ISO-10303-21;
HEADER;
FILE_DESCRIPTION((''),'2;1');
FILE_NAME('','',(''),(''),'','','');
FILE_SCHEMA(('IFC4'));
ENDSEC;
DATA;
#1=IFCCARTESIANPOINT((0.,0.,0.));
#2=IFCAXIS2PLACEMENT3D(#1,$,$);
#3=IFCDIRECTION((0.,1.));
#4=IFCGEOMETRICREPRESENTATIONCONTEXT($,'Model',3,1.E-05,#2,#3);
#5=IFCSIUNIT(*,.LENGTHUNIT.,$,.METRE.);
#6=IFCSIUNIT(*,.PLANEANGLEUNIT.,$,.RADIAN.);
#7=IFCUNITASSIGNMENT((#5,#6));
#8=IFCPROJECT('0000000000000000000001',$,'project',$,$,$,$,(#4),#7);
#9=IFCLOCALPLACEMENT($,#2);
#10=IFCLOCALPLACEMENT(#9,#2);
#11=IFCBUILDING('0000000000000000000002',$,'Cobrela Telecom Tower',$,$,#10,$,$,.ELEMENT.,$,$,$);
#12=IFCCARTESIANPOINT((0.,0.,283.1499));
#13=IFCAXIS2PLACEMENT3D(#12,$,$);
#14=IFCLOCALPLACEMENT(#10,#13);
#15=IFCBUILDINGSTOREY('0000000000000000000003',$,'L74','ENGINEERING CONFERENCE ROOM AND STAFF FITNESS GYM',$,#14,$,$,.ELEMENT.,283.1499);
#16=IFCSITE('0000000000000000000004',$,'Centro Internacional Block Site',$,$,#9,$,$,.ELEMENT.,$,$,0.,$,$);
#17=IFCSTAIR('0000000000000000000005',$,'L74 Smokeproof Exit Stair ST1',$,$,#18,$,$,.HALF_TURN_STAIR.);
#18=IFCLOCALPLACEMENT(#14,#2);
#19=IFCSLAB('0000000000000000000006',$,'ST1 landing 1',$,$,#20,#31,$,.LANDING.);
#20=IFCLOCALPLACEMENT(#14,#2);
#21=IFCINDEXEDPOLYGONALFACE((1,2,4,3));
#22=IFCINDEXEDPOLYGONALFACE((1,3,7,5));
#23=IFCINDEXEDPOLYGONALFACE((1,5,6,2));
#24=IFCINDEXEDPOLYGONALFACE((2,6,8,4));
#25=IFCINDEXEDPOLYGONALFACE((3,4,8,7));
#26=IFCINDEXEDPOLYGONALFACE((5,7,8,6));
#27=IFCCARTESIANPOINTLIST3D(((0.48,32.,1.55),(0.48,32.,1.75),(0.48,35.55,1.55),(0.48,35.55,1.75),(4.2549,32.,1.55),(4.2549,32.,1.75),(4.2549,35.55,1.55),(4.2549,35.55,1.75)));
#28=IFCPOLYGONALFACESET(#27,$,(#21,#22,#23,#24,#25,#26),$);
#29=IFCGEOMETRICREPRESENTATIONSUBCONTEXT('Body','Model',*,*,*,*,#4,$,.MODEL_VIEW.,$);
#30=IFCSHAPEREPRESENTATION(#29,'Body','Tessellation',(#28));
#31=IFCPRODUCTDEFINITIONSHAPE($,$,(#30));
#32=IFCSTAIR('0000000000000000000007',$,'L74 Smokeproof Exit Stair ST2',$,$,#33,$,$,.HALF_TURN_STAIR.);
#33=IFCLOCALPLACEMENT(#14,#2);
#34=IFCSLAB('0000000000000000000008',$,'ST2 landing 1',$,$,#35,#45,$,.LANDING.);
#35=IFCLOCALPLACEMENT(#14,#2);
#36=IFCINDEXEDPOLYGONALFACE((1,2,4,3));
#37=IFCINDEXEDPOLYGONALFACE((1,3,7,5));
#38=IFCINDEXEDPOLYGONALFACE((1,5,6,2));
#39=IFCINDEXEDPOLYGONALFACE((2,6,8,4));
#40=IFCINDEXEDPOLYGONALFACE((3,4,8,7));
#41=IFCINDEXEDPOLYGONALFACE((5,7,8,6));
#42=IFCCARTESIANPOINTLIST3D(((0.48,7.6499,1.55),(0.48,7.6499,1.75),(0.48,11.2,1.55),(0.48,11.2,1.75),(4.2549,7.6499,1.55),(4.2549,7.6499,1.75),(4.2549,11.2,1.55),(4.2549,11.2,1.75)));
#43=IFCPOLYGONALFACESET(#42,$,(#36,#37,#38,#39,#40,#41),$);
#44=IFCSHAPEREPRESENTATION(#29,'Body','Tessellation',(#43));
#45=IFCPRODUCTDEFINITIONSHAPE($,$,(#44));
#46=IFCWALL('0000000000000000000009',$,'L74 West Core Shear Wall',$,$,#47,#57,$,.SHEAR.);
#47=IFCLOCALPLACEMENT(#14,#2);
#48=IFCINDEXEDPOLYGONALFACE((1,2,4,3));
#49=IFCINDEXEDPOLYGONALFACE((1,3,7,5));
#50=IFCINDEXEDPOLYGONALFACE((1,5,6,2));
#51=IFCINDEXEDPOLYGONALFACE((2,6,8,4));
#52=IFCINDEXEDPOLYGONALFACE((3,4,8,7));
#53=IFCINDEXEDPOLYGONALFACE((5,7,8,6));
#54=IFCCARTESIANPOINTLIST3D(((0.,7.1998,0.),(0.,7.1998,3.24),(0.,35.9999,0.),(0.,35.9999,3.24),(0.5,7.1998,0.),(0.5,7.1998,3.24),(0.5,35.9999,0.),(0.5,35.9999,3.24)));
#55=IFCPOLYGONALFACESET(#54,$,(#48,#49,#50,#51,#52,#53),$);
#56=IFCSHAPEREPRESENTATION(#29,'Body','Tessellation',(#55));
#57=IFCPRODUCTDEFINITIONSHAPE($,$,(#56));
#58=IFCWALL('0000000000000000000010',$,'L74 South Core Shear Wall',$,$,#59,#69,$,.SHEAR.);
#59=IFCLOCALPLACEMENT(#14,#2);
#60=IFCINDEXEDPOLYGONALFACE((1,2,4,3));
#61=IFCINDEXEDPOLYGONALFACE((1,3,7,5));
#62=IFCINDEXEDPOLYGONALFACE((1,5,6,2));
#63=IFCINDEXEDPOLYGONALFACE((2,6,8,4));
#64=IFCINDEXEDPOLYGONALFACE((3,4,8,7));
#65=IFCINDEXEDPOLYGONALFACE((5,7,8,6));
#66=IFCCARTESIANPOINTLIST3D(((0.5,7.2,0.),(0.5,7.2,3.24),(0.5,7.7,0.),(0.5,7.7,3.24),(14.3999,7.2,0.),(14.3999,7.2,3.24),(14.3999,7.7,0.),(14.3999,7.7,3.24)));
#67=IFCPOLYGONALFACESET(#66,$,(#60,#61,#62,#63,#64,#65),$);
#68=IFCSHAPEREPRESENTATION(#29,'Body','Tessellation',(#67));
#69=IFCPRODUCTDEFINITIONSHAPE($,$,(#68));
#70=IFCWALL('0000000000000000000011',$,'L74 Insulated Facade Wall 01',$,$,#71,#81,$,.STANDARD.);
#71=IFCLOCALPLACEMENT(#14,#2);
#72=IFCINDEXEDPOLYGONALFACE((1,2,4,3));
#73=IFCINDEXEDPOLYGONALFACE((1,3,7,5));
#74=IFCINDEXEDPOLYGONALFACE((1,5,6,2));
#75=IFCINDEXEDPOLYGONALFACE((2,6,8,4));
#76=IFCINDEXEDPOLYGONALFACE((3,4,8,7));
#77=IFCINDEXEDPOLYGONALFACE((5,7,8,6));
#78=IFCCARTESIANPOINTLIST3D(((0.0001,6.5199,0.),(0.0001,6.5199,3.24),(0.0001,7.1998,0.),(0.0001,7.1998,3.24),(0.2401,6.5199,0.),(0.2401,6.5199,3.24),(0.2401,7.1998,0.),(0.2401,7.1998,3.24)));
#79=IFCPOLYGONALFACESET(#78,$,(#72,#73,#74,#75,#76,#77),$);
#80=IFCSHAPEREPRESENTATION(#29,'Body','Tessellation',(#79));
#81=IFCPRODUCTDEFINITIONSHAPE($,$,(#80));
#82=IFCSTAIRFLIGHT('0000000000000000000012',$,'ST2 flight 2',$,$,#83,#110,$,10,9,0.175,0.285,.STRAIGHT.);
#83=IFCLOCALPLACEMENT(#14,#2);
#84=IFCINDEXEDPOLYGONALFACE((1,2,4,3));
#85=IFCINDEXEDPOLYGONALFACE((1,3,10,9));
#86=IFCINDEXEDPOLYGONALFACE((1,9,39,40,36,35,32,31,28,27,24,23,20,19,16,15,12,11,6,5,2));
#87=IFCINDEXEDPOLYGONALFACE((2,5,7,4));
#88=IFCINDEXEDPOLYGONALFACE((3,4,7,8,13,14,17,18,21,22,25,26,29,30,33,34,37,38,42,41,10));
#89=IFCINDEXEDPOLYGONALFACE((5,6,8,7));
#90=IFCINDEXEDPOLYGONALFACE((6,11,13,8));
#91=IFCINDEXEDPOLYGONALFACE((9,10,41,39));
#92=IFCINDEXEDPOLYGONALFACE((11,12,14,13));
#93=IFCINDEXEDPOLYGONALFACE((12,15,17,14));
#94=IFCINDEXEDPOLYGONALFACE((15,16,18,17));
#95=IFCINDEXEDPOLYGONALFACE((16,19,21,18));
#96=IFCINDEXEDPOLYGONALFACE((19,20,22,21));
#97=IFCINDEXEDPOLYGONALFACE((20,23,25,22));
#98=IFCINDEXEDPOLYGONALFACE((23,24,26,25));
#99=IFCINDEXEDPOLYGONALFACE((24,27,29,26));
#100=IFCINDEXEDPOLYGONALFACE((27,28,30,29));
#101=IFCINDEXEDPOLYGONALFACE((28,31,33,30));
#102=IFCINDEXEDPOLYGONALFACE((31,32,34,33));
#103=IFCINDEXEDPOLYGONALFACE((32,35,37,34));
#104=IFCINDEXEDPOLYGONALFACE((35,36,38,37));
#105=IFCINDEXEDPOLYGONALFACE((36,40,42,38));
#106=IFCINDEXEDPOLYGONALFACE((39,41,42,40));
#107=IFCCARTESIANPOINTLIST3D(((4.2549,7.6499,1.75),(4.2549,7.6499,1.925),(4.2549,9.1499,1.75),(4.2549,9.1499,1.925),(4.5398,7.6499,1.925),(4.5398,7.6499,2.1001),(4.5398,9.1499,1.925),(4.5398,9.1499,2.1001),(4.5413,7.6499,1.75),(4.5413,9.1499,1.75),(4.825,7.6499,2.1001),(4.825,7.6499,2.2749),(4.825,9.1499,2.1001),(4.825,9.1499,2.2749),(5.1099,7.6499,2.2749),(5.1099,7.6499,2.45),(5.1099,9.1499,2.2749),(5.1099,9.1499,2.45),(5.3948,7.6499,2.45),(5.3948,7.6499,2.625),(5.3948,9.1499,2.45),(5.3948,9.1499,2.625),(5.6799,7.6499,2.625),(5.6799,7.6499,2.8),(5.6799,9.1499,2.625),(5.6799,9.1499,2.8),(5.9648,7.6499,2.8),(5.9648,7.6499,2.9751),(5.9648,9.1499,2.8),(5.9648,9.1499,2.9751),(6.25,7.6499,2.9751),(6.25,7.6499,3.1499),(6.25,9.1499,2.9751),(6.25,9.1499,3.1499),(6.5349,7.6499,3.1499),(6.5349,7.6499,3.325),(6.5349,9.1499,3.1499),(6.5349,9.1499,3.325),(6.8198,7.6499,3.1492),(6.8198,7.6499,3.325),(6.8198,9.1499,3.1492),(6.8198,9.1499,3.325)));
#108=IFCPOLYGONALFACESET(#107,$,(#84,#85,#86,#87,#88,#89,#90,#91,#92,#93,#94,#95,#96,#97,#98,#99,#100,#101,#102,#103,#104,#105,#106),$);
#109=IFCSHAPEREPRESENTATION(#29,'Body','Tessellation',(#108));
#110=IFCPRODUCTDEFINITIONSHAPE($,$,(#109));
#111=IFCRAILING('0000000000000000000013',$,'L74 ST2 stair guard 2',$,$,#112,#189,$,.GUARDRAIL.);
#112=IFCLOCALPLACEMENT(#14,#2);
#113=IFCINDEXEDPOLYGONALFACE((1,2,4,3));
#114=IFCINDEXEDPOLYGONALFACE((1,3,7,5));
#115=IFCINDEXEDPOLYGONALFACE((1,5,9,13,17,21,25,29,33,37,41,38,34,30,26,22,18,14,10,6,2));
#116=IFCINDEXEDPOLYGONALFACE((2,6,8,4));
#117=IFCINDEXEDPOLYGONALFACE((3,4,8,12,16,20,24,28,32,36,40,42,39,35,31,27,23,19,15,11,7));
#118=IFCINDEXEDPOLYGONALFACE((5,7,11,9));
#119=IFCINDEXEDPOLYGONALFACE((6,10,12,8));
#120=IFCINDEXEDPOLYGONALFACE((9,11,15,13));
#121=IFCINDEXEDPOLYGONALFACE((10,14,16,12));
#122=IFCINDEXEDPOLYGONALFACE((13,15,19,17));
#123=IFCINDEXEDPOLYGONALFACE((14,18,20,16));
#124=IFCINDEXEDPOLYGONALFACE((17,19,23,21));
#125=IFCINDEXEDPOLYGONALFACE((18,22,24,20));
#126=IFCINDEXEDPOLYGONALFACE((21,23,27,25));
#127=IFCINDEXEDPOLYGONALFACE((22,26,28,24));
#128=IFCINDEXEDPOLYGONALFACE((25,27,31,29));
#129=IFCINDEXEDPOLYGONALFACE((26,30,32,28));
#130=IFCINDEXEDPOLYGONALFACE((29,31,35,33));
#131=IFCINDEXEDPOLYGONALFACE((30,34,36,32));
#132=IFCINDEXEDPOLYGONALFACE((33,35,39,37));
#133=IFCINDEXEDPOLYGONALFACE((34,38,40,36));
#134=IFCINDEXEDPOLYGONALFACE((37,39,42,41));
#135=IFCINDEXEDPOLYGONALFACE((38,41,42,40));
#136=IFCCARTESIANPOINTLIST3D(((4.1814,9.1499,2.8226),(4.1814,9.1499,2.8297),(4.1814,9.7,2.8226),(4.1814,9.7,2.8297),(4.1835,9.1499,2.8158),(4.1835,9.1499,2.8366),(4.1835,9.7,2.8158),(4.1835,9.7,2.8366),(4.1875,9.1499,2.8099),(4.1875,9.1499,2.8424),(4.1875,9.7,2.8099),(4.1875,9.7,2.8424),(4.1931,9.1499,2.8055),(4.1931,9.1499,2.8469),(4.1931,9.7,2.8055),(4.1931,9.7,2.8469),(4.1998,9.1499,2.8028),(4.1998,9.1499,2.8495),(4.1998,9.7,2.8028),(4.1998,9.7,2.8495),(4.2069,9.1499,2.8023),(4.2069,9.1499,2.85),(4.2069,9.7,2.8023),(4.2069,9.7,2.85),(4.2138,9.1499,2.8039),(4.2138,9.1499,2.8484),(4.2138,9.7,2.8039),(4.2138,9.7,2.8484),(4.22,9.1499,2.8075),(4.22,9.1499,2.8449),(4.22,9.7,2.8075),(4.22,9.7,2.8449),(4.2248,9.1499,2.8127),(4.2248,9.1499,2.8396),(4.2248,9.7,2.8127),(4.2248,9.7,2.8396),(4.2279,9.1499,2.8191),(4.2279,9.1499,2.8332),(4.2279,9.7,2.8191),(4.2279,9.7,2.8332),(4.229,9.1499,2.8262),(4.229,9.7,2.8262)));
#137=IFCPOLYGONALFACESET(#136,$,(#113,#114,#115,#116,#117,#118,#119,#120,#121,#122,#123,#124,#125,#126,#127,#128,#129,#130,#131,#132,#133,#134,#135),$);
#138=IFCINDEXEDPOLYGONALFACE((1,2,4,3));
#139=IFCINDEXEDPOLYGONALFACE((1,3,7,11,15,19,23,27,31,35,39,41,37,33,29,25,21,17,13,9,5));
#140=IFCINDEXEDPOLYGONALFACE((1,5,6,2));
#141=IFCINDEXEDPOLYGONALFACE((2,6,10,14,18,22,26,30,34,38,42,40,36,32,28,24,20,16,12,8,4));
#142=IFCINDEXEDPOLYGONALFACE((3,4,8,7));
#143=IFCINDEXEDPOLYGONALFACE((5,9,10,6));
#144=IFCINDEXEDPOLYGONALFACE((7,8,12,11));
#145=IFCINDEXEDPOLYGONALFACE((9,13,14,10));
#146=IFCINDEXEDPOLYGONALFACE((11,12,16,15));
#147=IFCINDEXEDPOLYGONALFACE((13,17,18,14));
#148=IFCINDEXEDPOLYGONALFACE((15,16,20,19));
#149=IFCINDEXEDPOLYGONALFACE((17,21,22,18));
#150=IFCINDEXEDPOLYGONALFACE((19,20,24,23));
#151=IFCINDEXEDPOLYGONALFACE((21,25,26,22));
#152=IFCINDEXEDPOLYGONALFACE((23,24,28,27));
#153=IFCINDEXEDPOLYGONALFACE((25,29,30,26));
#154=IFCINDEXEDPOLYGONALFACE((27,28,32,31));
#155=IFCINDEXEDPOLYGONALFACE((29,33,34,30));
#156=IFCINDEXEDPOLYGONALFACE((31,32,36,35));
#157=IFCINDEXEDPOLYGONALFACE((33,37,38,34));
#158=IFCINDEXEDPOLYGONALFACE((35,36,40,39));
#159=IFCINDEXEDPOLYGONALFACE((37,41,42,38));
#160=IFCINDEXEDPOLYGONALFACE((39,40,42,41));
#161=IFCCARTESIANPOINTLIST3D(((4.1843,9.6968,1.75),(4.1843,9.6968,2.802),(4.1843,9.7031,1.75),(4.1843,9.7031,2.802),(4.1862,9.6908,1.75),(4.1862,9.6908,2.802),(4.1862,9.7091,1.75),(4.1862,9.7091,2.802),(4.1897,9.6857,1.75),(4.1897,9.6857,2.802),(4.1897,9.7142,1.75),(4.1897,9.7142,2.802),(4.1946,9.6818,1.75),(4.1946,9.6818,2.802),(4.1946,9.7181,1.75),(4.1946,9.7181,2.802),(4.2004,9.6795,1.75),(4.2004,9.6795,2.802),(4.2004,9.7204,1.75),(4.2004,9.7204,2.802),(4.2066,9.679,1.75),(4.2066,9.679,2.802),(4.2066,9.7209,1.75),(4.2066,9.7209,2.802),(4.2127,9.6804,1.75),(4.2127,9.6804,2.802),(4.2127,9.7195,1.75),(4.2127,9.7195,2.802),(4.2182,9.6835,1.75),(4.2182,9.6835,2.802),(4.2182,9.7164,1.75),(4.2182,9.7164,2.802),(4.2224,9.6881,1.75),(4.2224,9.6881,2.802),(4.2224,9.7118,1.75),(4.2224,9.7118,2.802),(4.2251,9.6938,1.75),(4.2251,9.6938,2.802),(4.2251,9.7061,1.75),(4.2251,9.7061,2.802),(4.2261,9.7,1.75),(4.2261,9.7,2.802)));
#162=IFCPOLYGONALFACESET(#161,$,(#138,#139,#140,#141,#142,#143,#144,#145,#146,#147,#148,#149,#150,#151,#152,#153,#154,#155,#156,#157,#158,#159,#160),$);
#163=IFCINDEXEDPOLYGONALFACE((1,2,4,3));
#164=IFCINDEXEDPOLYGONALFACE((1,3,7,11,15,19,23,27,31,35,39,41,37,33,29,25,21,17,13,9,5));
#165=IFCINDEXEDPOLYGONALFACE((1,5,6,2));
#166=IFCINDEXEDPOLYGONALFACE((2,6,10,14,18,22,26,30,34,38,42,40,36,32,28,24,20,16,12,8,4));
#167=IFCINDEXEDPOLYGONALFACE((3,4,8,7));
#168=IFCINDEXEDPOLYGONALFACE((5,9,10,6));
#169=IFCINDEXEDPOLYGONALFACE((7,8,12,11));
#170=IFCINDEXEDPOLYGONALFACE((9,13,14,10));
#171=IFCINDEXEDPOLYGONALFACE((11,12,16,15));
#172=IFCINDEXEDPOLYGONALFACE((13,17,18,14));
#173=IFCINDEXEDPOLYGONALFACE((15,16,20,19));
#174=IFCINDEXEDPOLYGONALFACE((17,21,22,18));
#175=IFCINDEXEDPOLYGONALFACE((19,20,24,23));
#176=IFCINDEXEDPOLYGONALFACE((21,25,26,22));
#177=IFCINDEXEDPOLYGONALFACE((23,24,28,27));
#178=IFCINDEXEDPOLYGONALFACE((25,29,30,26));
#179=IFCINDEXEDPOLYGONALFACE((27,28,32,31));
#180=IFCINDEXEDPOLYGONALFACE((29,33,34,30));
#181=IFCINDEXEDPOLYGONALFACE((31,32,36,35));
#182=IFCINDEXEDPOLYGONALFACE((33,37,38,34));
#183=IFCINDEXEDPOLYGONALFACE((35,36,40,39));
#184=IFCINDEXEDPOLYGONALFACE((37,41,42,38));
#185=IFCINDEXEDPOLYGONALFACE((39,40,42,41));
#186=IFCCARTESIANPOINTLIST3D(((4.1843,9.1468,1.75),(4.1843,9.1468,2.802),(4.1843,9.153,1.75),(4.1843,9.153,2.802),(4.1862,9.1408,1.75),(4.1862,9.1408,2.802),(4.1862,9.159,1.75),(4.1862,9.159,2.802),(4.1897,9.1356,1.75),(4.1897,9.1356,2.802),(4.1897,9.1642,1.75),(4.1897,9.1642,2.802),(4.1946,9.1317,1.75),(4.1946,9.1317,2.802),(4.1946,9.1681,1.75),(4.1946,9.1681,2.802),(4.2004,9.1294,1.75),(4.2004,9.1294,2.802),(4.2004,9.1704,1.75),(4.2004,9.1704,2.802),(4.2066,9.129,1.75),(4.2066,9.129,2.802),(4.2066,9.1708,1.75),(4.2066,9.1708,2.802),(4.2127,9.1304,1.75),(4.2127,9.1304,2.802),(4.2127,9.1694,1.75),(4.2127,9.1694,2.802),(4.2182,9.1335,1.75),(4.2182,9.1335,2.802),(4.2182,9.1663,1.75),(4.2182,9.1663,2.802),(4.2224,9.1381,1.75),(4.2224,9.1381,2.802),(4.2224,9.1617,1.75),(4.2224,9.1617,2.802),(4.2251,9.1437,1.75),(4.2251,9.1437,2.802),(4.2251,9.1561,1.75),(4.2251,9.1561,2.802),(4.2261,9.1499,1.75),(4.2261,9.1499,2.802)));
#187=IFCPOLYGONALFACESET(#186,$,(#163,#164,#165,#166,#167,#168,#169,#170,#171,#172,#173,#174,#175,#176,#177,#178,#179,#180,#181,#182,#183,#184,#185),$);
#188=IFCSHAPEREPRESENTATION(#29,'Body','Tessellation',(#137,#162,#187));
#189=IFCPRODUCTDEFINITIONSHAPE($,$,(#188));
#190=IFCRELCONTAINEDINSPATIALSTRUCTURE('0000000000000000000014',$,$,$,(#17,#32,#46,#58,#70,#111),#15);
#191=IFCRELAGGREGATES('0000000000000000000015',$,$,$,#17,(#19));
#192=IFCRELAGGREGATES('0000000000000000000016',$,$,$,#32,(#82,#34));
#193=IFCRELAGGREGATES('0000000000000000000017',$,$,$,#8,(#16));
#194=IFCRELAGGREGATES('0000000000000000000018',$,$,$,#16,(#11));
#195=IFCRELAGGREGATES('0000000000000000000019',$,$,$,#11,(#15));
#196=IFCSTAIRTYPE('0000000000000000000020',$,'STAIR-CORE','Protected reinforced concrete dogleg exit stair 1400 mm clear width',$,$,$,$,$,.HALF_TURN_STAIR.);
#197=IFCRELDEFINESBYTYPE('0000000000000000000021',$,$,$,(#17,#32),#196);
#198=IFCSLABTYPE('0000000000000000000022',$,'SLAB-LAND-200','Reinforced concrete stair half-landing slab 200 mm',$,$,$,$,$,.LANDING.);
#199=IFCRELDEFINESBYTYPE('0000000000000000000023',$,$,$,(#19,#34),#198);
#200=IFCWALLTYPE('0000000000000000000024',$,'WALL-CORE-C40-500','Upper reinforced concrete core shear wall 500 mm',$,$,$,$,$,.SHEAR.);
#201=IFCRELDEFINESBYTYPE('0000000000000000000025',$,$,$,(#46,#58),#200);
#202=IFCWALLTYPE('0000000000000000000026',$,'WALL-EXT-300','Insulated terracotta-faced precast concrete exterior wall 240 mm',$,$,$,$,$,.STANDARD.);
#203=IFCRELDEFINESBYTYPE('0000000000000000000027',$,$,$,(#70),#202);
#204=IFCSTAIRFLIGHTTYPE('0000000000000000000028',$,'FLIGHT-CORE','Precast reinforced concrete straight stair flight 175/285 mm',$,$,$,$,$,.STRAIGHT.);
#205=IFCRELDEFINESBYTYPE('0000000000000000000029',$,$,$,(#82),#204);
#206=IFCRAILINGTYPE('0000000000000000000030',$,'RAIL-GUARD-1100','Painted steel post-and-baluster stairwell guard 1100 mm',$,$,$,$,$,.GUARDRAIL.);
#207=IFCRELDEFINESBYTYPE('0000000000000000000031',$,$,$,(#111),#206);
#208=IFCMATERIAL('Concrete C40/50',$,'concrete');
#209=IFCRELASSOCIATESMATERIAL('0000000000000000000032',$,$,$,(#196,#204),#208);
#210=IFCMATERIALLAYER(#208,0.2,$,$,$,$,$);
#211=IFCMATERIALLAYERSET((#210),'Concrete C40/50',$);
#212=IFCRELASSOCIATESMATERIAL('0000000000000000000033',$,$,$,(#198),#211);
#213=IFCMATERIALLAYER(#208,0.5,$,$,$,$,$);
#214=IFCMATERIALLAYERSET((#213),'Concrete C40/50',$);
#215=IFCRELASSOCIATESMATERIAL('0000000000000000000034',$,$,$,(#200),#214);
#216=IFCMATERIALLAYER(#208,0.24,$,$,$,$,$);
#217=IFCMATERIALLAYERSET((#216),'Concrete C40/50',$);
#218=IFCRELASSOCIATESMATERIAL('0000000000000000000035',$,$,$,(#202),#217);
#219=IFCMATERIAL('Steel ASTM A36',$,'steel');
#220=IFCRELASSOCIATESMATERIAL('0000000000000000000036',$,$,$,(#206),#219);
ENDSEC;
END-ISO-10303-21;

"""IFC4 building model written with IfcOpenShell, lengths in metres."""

from ifc_helpers import new_model, si_unit, direction, frame, frame_2d, origin, origin_2d, place, context, subcontext, project, spatial, polyline, rectangle, circle, outline, extrude, material, layer, layer_set, type_object, element, aggregate, save


model = new_model("IFC4")

# Units and contexts
model_context = context("Model", 3, precision=1e-05, world=origin(), true_north=direction((0.0, 1.0)))
body_context = subcontext(model_context, "Body", "Model", "MODEL_VIEW")
ifc_project = project(units=[si_unit("LENGTHUNIT", "METRE"), si_unit("PLANEANGLEUNIT", "RADIAN")], contexts=[model_context])

# Site, building, storey
site_placement = place(None, origin())
site = spatial("IfcSite", under=ifc_project, at=site_placement, Name="Centro Internacional Block Site", CompositionType="ELEMENT", RefElevation=0.0)
building_placement = place(site_placement, origin())
building = spatial("IfcBuilding", under=site, at=building_placement, Name="Cobrela Telecom Tower", CompositionType="ELEMENT")
storey_placement = place(building_placement, frame((0.0, 0.0, 283.1499)))
storey = spatial("IfcBuildingStorey", under=building, at=storey_placement, Name="L74", Description="ENGINEERING CONFERENCE ROOM AND STAFF FITNESS GYM", CompositionType="ELEMENT", Elevation=283.1499)

# Shared definitions
ifc_material_1 = material(Name="Concrete C40/50", Category="concrete")

# Stairs, slabs
stair_type = type_object("IfcStairType", Name="STAIR-CORE", Description="Protected reinforced concrete dogleg exit stair 1400 mm clear width", PredefinedType="HALF_TURN_STAIR", material=ifc_material_1)
stair_1_placement = place(storey_placement, origin())
stair_1 = element("IfcStair", 1, at=stair_1_placement, inside=storey, type_object=stair_type, Name="L74 Smokeproof Exit Stair ST1", PredefinedType="HALF_TURN_STAIR")
ifc_layer_1 = layer(ifc_material_1, 0.2)
ifc_layer_set_1 = layer_set([ifc_layer_1], Name="Concrete C40/50")
slab_type_1 = type_object("IfcSlabType", Name="SLAB-LAND-200", Description="Reinforced concrete stair half-landing slab 200 mm", PredefinedType="LANDING", material=ifc_layer_set_1)
slab_1_placement = place(storey_placement, frame((0.0, 0.0, 1.55)))
slab_1 = element("IfcSlab", 2, at=slab_1_placement, type_object=slab_type_1, Name="ST1 landing 1", PredefinedType="LANDING", context=body_context, shape_type="SweptSolid", body=[
    extrude(outline(polyline([(4.2549, 35.55), (0.48, 35.55), (0.48, 32.0), (4.2549, 32.0), (4.2549, 35.55)])), origin(), (0.0, 0.0, 1.0), 0.2),
])
aggregate(stair_1, [slab_1])
stair_2_placement = place(storey_placement, origin())
stair_2 = element("IfcStair", 3, at=stair_2_placement, inside=storey, type_object=stair_type, Name="L74 Smokeproof Exit Stair ST2", PredefinedType="HALF_TURN_STAIR")
slab_2_placement = place(storey_placement, frame((0.0, 0.0, 1.55)))
slab_2 = element("IfcSlab", 4, at=slab_2_placement, type_object=slab_type_1, Name="ST2 landing 1", PredefinedType="LANDING", context=body_context, shape_type="SweptSolid", body=[
    extrude(outline(polyline([(4.2549, 11.2), (0.48, 11.2), (0.48, 7.6499), (4.2549, 7.6499), (4.2549, 11.2)])), origin(), (0.0, 0.0, 1.0), 0.2),
])

# Walls
ifc_layer_2 = layer(ifc_material_1, 0.5)
ifc_layer_set_2 = layer_set([ifc_layer_2], Name="Concrete C40/50")
wall_type_1 = type_object("IfcWallType", Name="WALL-CORE-C40-500", Description="Upper reinforced concrete core shear wall 500 mm", PredefinedType="SHEAR", material=ifc_layer_set_2)
wall_1_placement = place(storey_placement, frame((0.25, 7.2, 0.0), z_axis=(0.0, 0.0, 1.0), x_axis=(0.0, 1.0, 0.0)))
element("IfcWall", 5, at=wall_1_placement, inside=storey, type_object=wall_type_1, Name="L74 West Core Shear Wall", PredefinedType="SHEAR", context=body_context, shape_type="SweptSolid", body=[
    extrude(rectangle(XDim=28.8, YDim=0.5, at=frame_2d((14.3999, 0.0))), origin(), (0.0, 0.0, 1.0), 3.24),
])
wall_2_placement = place(storey_placement, frame((0.5, 7.45, 0.0), z_axis=(0.0, 0.0, 1.0), x_axis=(1.0, 0.0, 0.0)))
element("IfcWall", 6, at=wall_2_placement, inside=storey, type_object=wall_type_1, Name="L74 South Core Shear Wall", PredefinedType="SHEAR", context=body_context, shape_type="SweptSolid", body=[
    extrude(rectangle(XDim=13.8999, YDim=0.5, at=frame_2d((6.95, 0.0))), origin(), (0.0, 0.0, 1.0), 3.24),
])
ifc_layer_3 = layer(ifc_material_1, 0.24)
ifc_layer_set_3 = layer_set([ifc_layer_3], Name="Concrete C40/50")
wall_type_2 = type_object("IfcWallType", Name="WALL-EXT-300", Description="Insulated terracotta-faced precast concrete exterior wall 240 mm", PredefinedType="STANDARD", material=ifc_layer_set_3)
wall_3_placement = place(storey_placement, frame((0.1201, 6.52, 0.0), z_axis=(0.0, 0.0, 1.0), x_axis=(0.0, 1.0, 0.0)))
element("IfcWall", 7, at=wall_3_placement, inside=storey, type_object=wall_type_2, Name="L74 Insulated Facade Wall 01", PredefinedType="STANDARD", context=body_context, shape_type="SweptSolid", body=[
    extrude(rectangle(XDim=0.6799, YDim=0.24, at=frame_2d((0.3398, 0.0))), origin(), (0.0, 0.0, 1.0), 3.24),
])

# Stair flight
stair_flight_type = type_object("IfcStairFlightType", Name="FLIGHT-CORE", Description="Precast reinforced concrete straight stair flight 175/285 mm", PredefinedType="STRAIGHT", material=ifc_material_1)
stair_flight_placement = place(storey_placement, frame((4.2549, 8.3999, 1.75), z_axis=(0.0, 0.0, 1.0), x_axis=(1.0, 0.0, 0.0)))
stair_flight = element("IfcStairFlight", 8, at=stair_flight_placement, type_object=stair_flight_type, Name="ST2 flight 2", NumberOfRisers=10, NumberOfTreads=9, PredefinedType="STRAIGHT", RiserHeight=0.175, TreadLength=0.285, context=body_context, shape_type="SweptSolid", body=[
    extrude(outline(polyline([(0.0, 0.0), (0.0, 0.175), (0.2849, 0.175), (0.2849, 0.3501), (0.5701, 0.3501), (0.5701, 0.5249), (0.855, 0.5249), (0.855, 0.7), (1.1399, 0.7), (1.1399, 0.875), (1.425, 0.875), (1.425, 1.05), (1.71, 1.05), (1.71, 1.2251), (1.9951, 1.2251), (1.9951, 1.3999), (2.28, 1.3999), (2.28, 1.575), (2.5649, 1.575), (2.5649, 1.75), (2.5649, 1.3992), (0.2864, 0.0), (0.0, 0.0)])), frame((0.0, 0.75, 0.0), z_axis=(0.0, -1.0, 0.0), x_axis=(1.0, 0.0, 0.0)), (0.0, 0.0, 1.0), 1.5),
])
aggregate(stair_2, [stair_flight, slab_2])

# Railing
ifc_material_2 = material(Name="Steel ASTM A36", Category="steel")
railing_type_1 = type_object("IfcRailingType", Name="RAIL-GUARD-1100", Description="Painted steel post-and-baluster stairwell guard 1100 mm", PredefinedType="GUARDRAIL", material=ifc_material_2)
railing_1_placement = place(storey_placement, frame((4.2051, 9.7, 1.75)))
element("IfcRailing", 9, at=railing_1_placement, inside=storey, type_object=railing_type_1, Name="L74 ST2 stair guard 2", PredefinedType="GUARDRAIL", context=body_context, shape_type="SweptSolid", body=[
    extrude(circle(Radius=0.0239, at=origin_2d()), frame((0.0, 0.0, 1.0762), z_axis=(0.0, -1.0, 0.0), x_axis=(1.0, 0.0, 0.0)), (0.0, 0.0, 1.0), 0.55),
    extrude(circle(Radius=0.021, at=origin_2d()), origin(), (0.0, 0.0, 1.0), 1.052),
    extrude(circle(Radius=0.021, at=origin_2d()), frame((0.0, -0.55, 0.0)), (0.0, 0.0, 1.0), 1.052),
])

save(model, "model.ifc")
